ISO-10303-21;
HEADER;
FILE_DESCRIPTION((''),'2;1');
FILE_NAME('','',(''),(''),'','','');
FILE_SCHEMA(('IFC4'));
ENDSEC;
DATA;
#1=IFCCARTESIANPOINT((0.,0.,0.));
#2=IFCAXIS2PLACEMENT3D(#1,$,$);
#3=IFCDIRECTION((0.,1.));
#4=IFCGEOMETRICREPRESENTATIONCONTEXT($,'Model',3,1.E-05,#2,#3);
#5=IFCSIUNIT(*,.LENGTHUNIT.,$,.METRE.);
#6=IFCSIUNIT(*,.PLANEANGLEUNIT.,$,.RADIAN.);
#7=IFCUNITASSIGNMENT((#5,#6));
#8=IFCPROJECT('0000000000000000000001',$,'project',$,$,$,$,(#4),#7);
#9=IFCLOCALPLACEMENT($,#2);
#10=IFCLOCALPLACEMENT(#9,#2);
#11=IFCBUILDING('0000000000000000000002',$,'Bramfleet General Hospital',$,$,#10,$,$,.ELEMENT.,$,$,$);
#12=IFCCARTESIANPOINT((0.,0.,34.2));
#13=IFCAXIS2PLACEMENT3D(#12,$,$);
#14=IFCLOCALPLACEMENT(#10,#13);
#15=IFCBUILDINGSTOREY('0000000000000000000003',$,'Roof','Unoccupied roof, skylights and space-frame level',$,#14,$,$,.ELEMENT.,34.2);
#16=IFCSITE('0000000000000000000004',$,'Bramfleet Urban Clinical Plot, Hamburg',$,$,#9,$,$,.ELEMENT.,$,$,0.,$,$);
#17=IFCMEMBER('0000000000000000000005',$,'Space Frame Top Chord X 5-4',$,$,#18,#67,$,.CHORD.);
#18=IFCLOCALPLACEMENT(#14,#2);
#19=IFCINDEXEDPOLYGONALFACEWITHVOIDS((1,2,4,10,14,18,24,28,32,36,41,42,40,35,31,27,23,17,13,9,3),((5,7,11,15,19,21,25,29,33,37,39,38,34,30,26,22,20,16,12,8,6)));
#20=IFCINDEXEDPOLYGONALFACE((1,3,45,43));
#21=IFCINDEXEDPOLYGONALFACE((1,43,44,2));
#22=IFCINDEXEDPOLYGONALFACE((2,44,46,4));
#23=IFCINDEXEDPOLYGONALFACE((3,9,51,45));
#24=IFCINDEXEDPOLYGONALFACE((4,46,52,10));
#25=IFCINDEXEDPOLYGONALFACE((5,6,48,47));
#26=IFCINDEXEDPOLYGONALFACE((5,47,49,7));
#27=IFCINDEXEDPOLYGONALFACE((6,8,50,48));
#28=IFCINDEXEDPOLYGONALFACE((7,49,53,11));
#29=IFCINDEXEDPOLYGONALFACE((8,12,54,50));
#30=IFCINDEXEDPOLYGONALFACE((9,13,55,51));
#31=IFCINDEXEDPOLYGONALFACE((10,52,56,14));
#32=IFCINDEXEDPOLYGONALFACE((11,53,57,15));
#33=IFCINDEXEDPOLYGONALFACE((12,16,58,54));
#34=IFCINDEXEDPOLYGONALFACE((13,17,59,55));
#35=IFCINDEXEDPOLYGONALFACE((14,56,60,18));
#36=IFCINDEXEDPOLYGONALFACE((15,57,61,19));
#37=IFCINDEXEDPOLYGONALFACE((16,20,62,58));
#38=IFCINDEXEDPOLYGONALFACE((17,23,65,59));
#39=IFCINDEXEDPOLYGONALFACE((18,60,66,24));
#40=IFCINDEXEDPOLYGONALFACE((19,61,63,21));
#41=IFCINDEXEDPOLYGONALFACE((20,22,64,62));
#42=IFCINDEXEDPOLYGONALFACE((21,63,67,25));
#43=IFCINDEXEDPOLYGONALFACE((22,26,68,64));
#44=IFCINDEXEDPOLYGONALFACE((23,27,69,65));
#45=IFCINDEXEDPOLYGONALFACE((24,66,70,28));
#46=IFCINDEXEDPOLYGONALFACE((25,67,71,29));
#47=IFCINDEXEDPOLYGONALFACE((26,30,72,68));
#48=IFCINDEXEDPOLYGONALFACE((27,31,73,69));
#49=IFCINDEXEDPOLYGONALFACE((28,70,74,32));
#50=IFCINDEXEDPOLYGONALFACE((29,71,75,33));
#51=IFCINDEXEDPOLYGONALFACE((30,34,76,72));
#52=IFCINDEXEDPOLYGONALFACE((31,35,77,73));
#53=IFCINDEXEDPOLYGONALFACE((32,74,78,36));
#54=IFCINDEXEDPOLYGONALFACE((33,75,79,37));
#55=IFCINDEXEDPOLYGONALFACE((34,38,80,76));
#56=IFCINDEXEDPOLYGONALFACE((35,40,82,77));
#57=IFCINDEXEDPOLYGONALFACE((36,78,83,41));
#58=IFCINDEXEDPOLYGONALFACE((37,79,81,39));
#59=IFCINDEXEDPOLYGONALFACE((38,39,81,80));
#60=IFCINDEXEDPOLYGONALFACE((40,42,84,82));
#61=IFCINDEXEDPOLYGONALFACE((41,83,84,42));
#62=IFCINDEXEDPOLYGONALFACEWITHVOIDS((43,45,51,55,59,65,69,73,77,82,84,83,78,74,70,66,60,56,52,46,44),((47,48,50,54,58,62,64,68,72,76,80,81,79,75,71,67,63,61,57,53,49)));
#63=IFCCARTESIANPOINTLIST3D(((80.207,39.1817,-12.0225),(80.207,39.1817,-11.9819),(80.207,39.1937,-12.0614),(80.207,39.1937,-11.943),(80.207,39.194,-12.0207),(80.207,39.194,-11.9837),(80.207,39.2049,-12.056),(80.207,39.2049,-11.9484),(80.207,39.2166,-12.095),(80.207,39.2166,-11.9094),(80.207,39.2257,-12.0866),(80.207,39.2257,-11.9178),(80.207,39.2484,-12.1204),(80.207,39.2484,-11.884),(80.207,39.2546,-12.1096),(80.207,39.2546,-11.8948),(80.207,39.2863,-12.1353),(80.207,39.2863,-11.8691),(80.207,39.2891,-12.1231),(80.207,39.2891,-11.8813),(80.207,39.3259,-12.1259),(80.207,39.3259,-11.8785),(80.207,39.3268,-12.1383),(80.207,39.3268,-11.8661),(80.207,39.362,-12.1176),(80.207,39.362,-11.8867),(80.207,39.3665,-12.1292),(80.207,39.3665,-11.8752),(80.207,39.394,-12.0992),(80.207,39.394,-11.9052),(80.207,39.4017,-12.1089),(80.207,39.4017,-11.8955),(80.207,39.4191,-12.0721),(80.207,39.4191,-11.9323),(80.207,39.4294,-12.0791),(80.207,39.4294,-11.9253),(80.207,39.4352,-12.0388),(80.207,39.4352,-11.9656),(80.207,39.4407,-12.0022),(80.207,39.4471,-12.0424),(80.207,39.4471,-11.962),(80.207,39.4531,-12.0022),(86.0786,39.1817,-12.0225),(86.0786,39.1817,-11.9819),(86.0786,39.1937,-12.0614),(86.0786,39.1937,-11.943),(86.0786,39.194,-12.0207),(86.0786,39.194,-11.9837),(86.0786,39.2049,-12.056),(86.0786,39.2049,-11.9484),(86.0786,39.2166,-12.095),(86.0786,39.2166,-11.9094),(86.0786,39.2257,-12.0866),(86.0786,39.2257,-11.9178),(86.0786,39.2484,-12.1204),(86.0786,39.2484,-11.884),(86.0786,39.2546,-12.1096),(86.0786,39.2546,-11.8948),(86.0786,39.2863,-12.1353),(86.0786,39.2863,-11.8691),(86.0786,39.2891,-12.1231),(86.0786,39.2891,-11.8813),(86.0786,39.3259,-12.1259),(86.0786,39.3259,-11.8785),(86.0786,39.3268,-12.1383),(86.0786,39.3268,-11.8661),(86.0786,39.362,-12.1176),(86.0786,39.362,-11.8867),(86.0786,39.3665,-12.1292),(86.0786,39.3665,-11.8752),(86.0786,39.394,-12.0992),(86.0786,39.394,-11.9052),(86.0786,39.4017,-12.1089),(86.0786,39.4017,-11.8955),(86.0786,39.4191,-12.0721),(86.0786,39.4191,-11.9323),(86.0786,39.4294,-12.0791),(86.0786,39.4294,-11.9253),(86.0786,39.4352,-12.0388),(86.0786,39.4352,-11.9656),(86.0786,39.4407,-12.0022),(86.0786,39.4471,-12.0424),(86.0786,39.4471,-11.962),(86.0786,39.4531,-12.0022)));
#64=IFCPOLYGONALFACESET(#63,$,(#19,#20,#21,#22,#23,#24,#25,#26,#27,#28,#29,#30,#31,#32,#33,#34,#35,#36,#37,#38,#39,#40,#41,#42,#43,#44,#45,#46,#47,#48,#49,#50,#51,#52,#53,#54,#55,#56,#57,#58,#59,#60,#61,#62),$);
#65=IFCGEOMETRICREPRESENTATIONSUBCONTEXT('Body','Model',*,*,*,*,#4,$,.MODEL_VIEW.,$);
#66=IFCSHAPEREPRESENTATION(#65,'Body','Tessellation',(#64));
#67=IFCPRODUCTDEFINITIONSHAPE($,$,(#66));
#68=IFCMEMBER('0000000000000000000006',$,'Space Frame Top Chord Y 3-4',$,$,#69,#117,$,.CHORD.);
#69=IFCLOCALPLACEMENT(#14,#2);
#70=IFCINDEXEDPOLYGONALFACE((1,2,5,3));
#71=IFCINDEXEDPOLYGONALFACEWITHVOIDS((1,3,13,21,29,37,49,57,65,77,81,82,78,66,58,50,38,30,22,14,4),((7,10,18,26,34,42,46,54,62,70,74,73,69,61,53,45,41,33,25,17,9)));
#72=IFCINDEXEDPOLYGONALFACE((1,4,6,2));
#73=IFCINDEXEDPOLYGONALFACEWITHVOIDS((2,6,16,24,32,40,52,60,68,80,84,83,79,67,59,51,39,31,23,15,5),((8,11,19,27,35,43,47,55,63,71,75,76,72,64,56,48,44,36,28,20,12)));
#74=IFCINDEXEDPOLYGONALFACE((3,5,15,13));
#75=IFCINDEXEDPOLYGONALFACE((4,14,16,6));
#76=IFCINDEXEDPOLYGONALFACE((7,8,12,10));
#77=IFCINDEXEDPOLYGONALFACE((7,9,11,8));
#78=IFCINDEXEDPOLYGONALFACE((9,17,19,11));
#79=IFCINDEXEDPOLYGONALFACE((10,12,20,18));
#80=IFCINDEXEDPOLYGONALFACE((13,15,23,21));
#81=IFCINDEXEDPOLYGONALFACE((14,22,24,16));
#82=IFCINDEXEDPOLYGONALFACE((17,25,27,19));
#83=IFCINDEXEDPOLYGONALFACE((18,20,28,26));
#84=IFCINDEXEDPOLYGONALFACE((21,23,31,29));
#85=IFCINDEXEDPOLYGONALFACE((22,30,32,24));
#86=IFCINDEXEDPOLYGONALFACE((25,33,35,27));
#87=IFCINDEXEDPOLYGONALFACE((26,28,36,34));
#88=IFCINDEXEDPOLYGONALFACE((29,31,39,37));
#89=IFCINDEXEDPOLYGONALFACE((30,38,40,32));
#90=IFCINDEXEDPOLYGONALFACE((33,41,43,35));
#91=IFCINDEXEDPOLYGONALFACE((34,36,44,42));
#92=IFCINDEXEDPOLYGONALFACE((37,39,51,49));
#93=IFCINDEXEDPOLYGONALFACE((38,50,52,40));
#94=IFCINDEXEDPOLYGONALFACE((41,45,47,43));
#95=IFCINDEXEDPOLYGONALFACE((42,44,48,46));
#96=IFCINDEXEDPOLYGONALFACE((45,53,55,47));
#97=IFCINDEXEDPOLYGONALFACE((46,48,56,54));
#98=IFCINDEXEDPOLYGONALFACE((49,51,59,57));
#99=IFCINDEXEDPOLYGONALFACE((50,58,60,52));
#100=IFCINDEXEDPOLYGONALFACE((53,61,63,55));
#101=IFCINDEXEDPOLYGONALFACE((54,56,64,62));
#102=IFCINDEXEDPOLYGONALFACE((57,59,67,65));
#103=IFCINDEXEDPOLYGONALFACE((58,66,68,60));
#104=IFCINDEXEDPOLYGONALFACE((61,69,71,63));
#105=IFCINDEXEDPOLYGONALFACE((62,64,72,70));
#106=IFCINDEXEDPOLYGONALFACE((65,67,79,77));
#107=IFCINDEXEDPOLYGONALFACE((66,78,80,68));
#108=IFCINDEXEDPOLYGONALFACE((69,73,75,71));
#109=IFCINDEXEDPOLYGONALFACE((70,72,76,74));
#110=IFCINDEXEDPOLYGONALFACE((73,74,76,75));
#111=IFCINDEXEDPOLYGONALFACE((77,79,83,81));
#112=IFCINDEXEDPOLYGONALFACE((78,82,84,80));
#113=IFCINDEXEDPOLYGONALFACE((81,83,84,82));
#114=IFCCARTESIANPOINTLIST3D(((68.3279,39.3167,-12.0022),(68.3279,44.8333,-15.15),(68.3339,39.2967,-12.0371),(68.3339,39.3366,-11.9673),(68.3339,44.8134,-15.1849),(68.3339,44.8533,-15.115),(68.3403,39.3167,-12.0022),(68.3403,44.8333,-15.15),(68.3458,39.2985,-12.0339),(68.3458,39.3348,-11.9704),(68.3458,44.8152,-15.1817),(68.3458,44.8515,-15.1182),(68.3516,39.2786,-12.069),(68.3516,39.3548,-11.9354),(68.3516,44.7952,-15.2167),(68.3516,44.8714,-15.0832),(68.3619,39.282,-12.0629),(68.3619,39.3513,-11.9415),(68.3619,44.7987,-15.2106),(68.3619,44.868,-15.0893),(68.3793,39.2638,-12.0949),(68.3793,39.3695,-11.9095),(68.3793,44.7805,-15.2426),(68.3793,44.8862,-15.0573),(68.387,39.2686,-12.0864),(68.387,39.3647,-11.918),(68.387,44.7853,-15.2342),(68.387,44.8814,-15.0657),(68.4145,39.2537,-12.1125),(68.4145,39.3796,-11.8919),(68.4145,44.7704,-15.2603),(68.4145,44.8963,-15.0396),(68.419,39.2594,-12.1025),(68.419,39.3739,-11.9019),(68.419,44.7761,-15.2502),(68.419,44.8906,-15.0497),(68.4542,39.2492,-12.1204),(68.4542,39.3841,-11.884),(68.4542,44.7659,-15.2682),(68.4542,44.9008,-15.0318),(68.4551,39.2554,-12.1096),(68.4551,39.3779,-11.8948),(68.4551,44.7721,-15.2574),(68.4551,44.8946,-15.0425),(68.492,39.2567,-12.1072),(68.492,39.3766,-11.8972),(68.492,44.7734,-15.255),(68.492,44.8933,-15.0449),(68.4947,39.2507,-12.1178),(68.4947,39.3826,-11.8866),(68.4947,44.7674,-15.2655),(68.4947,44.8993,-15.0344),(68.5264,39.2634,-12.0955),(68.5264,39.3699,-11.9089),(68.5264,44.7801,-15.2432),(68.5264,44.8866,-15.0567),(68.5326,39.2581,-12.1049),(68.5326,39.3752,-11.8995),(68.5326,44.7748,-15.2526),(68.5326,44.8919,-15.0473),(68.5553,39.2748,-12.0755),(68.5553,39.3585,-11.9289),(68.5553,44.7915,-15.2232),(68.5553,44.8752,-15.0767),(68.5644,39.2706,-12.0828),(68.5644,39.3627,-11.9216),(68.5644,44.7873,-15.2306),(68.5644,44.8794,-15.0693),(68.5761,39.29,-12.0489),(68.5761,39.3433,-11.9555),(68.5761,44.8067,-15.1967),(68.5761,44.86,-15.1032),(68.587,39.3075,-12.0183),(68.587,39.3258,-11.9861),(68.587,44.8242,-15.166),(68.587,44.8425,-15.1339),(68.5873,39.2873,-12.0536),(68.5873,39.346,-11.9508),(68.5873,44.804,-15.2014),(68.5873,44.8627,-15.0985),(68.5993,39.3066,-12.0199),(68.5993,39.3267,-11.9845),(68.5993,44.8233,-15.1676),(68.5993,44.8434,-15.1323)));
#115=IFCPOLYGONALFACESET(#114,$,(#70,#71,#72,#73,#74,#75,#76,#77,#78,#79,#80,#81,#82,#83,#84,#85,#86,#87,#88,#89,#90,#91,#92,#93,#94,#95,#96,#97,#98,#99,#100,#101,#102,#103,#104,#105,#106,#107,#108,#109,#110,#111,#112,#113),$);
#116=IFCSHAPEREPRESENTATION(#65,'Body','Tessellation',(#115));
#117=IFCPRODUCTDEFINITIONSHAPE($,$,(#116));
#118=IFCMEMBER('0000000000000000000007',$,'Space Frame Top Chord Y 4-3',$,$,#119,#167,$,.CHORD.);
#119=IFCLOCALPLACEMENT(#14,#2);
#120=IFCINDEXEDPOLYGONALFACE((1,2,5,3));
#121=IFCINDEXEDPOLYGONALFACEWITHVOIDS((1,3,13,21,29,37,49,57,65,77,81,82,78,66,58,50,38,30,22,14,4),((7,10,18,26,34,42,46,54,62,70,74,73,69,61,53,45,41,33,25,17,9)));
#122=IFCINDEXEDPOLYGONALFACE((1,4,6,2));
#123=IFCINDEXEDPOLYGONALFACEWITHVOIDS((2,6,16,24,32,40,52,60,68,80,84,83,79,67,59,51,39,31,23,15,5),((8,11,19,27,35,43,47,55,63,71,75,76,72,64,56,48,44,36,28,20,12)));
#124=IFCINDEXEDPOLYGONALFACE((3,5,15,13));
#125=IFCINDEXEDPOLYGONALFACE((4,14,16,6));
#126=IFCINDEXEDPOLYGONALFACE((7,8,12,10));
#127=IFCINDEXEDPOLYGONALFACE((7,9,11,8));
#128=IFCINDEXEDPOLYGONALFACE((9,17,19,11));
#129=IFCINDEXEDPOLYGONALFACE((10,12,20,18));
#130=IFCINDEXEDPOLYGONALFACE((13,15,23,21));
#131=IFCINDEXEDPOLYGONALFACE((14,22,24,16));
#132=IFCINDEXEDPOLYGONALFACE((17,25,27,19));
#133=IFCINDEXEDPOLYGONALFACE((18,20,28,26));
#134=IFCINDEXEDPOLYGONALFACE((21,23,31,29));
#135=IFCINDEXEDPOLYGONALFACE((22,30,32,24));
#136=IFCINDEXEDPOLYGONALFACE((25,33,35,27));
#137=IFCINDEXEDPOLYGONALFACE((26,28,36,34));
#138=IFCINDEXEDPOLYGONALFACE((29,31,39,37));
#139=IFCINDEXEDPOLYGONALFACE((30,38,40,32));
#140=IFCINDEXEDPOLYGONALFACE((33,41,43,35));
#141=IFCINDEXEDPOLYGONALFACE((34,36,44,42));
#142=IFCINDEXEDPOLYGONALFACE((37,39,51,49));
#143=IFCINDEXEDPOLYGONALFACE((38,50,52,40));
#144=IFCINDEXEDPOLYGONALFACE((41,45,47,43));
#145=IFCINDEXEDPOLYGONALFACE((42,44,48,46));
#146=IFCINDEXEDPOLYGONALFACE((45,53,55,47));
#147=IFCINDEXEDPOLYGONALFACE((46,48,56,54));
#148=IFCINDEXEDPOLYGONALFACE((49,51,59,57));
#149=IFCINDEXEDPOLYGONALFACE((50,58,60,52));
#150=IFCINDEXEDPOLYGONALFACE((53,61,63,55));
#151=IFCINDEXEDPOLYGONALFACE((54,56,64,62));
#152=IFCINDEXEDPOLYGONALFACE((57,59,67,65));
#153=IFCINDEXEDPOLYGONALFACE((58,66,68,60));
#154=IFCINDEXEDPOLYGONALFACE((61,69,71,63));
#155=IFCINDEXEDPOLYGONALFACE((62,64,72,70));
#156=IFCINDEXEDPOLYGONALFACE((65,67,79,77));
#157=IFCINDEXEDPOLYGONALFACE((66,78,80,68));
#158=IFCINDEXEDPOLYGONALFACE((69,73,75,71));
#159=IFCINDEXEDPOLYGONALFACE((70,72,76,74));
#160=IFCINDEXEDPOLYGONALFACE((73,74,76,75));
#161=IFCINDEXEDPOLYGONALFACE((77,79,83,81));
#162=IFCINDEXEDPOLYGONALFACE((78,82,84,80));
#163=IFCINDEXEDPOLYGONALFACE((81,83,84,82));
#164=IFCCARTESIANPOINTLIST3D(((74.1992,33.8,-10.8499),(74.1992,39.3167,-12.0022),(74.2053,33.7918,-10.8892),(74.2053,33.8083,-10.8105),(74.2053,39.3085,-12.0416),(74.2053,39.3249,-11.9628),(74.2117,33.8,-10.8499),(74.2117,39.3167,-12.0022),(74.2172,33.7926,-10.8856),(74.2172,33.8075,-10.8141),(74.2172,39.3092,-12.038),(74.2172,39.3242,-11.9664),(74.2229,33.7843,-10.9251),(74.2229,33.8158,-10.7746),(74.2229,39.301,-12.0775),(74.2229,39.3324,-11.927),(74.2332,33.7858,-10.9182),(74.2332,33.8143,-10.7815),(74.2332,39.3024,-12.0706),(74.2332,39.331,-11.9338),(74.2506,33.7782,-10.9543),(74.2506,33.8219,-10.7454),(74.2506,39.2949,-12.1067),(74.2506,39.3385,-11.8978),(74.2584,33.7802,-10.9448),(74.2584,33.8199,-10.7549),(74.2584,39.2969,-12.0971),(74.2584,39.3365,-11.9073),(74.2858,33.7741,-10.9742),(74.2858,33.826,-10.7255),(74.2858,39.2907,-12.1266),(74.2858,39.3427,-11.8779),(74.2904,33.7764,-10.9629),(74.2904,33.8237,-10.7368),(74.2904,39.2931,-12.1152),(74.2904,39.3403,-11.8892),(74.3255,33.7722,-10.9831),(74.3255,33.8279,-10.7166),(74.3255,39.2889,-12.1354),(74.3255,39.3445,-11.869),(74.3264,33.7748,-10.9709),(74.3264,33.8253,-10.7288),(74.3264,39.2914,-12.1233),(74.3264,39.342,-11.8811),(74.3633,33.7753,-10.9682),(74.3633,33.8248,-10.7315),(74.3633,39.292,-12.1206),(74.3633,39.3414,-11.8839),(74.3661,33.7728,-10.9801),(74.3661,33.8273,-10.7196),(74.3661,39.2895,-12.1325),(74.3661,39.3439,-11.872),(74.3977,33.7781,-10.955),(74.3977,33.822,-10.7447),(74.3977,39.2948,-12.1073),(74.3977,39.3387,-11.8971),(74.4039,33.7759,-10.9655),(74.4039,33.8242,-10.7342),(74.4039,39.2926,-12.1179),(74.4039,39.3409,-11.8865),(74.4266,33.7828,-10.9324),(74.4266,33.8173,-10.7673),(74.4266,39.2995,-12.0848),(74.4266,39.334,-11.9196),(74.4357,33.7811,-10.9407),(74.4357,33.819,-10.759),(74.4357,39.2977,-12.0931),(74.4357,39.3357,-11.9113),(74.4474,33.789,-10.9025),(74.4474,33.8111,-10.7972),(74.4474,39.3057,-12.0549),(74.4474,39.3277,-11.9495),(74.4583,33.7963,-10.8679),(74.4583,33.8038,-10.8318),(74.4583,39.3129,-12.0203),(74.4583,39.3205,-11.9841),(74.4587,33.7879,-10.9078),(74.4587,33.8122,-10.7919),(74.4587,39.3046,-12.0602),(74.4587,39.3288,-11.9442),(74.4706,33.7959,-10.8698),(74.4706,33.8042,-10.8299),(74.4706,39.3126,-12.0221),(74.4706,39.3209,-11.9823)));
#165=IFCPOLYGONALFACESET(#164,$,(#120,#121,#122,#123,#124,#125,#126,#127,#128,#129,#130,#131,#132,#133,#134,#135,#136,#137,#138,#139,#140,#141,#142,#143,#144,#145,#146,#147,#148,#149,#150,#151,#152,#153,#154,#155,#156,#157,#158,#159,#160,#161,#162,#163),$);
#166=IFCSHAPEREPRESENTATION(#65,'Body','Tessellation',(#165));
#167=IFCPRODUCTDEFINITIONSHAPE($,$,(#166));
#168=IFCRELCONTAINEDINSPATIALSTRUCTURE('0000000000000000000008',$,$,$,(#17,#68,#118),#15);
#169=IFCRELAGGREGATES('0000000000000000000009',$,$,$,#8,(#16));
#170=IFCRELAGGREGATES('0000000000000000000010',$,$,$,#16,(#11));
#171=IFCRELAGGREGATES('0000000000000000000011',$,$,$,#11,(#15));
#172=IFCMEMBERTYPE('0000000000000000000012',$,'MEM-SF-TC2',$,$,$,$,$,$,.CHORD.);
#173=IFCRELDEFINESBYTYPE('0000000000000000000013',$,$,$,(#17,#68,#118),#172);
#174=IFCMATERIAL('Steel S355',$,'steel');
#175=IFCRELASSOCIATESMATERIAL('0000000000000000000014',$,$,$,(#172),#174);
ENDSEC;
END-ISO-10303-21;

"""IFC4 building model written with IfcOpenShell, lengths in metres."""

from ifc_helpers import new_model, si_unit, direction, frame, origin, origin_2d, place, context, subcontext, project, spatial, hollow_circle, extrude, material, material_profile, profile_set, type_object, element, save


model = new_model("IFC4")

# Units and contexts
model_context = context("Model", 3, precision=1e-05, world=origin(), true_north=direction((0.0, 1.0)))
body_context = subcontext(model_context, "Body", "Model", "MODEL_VIEW")
ifc_project = project(units=[si_unit("LENGTHUNIT", "METRE"), si_unit("PLANEANGLEUNIT", "RADIAN")], contexts=[model_context])

# Site, building, storey
site_placement = place(None, origin())
site = spatial("IfcSite", under=ifc_project, at=site_placement, Name="Bramfleet Urban Clinical Plot, Hamburg", CompositionType="ELEMENT", RefElevation=0.0)
building_placement = place(site_placement, origin())
building = spatial("IfcBuilding", under=site, at=building_placement, Name="Bramfleet General Hospital", CompositionType="ELEMENT")
storey_placement = place(building_placement, frame((0.0, 0.0, 34.2)))
storey = spatial("IfcBuildingStorey", under=building, at=storey_placement, Name="Roof", Description="Unoccupied roof, skylights and space-frame level", CompositionType="ELEMENT", Elevation=34.2)

# Members
ifc_material = material(Name="Steel S355", Category="steel")
ifc_material_profile_1 = material_profile(ifc_material, hollow_circle(Radius=0.1365, WallThickness=0.0125, at=origin_2d()), Name="CHS 273.0x12.5")
ifc_profile_set_1 = profile_set([ifc_material_profile_1], Name="Steel S355")
member_type_1 = type_object("IfcMemberType", Name="MEM-SF-TC2", PredefinedType="CHORD", material=ifc_profile_set_1)
member_1_placement = place(storey_placement, frame((80.207, 39.3167, -12.0022), z_axis=(1.0, 0.0, 0.0), x_axis=(0.0, 1.0, 0.0)))
element("IfcMember", 1, at=member_1_placement, inside=storey, type_object=member_type_1, Name="Space Frame Top Chord X 5-4", PredefinedType="CHORD", context=body_context, shape_type="SweptSolid", body=[
    extrude(hollow_circle(Radius=0.1365, WallThickness=0.0125, at=origin_2d()), origin(), (0.0, 0.0, 1.0), 5.8716),
])
member_2_placement = place(storey_placement, frame((68.4644, 39.3167, -12.0022), z_axis=(0.0, 0.868558, -0.495588), x_axis=(-1.0, 0.0, 0.0)))
element("IfcMember", 2, at=member_2_placement, inside=storey, type_object=member_type_1, Name="Space Frame Top Chord Y 3-4", PredefinedType="CHORD", context=body_context, shape_type="SweptSolid", body=[
    extrude(hollow_circle(Radius=0.1365, WallThickness=0.0125, at=origin_2d()), origin(), (0.0, 0.0, 1.0), 6.3516),
])
member_3_placement = place(storey_placement, frame((74.3357, 33.8, -10.8499), z_axis=(0.0, 0.978872, -0.204473), x_axis=(-1.0, 0.0, 0.0)))
element("IfcMember", 3, at=member_3_placement, inside=storey, type_object=member_type_1, Name="Space Frame Top Chord Y 4-3", PredefinedType="CHORD", context=body_context, shape_type="SweptSolid", body=[
    extrude(hollow_circle(Radius=0.1365, WallThickness=0.0125, at=origin_2d()), origin(), (0.0, 0.0, 1.0), 5.6357),
])

save(model, "model.ifc")
